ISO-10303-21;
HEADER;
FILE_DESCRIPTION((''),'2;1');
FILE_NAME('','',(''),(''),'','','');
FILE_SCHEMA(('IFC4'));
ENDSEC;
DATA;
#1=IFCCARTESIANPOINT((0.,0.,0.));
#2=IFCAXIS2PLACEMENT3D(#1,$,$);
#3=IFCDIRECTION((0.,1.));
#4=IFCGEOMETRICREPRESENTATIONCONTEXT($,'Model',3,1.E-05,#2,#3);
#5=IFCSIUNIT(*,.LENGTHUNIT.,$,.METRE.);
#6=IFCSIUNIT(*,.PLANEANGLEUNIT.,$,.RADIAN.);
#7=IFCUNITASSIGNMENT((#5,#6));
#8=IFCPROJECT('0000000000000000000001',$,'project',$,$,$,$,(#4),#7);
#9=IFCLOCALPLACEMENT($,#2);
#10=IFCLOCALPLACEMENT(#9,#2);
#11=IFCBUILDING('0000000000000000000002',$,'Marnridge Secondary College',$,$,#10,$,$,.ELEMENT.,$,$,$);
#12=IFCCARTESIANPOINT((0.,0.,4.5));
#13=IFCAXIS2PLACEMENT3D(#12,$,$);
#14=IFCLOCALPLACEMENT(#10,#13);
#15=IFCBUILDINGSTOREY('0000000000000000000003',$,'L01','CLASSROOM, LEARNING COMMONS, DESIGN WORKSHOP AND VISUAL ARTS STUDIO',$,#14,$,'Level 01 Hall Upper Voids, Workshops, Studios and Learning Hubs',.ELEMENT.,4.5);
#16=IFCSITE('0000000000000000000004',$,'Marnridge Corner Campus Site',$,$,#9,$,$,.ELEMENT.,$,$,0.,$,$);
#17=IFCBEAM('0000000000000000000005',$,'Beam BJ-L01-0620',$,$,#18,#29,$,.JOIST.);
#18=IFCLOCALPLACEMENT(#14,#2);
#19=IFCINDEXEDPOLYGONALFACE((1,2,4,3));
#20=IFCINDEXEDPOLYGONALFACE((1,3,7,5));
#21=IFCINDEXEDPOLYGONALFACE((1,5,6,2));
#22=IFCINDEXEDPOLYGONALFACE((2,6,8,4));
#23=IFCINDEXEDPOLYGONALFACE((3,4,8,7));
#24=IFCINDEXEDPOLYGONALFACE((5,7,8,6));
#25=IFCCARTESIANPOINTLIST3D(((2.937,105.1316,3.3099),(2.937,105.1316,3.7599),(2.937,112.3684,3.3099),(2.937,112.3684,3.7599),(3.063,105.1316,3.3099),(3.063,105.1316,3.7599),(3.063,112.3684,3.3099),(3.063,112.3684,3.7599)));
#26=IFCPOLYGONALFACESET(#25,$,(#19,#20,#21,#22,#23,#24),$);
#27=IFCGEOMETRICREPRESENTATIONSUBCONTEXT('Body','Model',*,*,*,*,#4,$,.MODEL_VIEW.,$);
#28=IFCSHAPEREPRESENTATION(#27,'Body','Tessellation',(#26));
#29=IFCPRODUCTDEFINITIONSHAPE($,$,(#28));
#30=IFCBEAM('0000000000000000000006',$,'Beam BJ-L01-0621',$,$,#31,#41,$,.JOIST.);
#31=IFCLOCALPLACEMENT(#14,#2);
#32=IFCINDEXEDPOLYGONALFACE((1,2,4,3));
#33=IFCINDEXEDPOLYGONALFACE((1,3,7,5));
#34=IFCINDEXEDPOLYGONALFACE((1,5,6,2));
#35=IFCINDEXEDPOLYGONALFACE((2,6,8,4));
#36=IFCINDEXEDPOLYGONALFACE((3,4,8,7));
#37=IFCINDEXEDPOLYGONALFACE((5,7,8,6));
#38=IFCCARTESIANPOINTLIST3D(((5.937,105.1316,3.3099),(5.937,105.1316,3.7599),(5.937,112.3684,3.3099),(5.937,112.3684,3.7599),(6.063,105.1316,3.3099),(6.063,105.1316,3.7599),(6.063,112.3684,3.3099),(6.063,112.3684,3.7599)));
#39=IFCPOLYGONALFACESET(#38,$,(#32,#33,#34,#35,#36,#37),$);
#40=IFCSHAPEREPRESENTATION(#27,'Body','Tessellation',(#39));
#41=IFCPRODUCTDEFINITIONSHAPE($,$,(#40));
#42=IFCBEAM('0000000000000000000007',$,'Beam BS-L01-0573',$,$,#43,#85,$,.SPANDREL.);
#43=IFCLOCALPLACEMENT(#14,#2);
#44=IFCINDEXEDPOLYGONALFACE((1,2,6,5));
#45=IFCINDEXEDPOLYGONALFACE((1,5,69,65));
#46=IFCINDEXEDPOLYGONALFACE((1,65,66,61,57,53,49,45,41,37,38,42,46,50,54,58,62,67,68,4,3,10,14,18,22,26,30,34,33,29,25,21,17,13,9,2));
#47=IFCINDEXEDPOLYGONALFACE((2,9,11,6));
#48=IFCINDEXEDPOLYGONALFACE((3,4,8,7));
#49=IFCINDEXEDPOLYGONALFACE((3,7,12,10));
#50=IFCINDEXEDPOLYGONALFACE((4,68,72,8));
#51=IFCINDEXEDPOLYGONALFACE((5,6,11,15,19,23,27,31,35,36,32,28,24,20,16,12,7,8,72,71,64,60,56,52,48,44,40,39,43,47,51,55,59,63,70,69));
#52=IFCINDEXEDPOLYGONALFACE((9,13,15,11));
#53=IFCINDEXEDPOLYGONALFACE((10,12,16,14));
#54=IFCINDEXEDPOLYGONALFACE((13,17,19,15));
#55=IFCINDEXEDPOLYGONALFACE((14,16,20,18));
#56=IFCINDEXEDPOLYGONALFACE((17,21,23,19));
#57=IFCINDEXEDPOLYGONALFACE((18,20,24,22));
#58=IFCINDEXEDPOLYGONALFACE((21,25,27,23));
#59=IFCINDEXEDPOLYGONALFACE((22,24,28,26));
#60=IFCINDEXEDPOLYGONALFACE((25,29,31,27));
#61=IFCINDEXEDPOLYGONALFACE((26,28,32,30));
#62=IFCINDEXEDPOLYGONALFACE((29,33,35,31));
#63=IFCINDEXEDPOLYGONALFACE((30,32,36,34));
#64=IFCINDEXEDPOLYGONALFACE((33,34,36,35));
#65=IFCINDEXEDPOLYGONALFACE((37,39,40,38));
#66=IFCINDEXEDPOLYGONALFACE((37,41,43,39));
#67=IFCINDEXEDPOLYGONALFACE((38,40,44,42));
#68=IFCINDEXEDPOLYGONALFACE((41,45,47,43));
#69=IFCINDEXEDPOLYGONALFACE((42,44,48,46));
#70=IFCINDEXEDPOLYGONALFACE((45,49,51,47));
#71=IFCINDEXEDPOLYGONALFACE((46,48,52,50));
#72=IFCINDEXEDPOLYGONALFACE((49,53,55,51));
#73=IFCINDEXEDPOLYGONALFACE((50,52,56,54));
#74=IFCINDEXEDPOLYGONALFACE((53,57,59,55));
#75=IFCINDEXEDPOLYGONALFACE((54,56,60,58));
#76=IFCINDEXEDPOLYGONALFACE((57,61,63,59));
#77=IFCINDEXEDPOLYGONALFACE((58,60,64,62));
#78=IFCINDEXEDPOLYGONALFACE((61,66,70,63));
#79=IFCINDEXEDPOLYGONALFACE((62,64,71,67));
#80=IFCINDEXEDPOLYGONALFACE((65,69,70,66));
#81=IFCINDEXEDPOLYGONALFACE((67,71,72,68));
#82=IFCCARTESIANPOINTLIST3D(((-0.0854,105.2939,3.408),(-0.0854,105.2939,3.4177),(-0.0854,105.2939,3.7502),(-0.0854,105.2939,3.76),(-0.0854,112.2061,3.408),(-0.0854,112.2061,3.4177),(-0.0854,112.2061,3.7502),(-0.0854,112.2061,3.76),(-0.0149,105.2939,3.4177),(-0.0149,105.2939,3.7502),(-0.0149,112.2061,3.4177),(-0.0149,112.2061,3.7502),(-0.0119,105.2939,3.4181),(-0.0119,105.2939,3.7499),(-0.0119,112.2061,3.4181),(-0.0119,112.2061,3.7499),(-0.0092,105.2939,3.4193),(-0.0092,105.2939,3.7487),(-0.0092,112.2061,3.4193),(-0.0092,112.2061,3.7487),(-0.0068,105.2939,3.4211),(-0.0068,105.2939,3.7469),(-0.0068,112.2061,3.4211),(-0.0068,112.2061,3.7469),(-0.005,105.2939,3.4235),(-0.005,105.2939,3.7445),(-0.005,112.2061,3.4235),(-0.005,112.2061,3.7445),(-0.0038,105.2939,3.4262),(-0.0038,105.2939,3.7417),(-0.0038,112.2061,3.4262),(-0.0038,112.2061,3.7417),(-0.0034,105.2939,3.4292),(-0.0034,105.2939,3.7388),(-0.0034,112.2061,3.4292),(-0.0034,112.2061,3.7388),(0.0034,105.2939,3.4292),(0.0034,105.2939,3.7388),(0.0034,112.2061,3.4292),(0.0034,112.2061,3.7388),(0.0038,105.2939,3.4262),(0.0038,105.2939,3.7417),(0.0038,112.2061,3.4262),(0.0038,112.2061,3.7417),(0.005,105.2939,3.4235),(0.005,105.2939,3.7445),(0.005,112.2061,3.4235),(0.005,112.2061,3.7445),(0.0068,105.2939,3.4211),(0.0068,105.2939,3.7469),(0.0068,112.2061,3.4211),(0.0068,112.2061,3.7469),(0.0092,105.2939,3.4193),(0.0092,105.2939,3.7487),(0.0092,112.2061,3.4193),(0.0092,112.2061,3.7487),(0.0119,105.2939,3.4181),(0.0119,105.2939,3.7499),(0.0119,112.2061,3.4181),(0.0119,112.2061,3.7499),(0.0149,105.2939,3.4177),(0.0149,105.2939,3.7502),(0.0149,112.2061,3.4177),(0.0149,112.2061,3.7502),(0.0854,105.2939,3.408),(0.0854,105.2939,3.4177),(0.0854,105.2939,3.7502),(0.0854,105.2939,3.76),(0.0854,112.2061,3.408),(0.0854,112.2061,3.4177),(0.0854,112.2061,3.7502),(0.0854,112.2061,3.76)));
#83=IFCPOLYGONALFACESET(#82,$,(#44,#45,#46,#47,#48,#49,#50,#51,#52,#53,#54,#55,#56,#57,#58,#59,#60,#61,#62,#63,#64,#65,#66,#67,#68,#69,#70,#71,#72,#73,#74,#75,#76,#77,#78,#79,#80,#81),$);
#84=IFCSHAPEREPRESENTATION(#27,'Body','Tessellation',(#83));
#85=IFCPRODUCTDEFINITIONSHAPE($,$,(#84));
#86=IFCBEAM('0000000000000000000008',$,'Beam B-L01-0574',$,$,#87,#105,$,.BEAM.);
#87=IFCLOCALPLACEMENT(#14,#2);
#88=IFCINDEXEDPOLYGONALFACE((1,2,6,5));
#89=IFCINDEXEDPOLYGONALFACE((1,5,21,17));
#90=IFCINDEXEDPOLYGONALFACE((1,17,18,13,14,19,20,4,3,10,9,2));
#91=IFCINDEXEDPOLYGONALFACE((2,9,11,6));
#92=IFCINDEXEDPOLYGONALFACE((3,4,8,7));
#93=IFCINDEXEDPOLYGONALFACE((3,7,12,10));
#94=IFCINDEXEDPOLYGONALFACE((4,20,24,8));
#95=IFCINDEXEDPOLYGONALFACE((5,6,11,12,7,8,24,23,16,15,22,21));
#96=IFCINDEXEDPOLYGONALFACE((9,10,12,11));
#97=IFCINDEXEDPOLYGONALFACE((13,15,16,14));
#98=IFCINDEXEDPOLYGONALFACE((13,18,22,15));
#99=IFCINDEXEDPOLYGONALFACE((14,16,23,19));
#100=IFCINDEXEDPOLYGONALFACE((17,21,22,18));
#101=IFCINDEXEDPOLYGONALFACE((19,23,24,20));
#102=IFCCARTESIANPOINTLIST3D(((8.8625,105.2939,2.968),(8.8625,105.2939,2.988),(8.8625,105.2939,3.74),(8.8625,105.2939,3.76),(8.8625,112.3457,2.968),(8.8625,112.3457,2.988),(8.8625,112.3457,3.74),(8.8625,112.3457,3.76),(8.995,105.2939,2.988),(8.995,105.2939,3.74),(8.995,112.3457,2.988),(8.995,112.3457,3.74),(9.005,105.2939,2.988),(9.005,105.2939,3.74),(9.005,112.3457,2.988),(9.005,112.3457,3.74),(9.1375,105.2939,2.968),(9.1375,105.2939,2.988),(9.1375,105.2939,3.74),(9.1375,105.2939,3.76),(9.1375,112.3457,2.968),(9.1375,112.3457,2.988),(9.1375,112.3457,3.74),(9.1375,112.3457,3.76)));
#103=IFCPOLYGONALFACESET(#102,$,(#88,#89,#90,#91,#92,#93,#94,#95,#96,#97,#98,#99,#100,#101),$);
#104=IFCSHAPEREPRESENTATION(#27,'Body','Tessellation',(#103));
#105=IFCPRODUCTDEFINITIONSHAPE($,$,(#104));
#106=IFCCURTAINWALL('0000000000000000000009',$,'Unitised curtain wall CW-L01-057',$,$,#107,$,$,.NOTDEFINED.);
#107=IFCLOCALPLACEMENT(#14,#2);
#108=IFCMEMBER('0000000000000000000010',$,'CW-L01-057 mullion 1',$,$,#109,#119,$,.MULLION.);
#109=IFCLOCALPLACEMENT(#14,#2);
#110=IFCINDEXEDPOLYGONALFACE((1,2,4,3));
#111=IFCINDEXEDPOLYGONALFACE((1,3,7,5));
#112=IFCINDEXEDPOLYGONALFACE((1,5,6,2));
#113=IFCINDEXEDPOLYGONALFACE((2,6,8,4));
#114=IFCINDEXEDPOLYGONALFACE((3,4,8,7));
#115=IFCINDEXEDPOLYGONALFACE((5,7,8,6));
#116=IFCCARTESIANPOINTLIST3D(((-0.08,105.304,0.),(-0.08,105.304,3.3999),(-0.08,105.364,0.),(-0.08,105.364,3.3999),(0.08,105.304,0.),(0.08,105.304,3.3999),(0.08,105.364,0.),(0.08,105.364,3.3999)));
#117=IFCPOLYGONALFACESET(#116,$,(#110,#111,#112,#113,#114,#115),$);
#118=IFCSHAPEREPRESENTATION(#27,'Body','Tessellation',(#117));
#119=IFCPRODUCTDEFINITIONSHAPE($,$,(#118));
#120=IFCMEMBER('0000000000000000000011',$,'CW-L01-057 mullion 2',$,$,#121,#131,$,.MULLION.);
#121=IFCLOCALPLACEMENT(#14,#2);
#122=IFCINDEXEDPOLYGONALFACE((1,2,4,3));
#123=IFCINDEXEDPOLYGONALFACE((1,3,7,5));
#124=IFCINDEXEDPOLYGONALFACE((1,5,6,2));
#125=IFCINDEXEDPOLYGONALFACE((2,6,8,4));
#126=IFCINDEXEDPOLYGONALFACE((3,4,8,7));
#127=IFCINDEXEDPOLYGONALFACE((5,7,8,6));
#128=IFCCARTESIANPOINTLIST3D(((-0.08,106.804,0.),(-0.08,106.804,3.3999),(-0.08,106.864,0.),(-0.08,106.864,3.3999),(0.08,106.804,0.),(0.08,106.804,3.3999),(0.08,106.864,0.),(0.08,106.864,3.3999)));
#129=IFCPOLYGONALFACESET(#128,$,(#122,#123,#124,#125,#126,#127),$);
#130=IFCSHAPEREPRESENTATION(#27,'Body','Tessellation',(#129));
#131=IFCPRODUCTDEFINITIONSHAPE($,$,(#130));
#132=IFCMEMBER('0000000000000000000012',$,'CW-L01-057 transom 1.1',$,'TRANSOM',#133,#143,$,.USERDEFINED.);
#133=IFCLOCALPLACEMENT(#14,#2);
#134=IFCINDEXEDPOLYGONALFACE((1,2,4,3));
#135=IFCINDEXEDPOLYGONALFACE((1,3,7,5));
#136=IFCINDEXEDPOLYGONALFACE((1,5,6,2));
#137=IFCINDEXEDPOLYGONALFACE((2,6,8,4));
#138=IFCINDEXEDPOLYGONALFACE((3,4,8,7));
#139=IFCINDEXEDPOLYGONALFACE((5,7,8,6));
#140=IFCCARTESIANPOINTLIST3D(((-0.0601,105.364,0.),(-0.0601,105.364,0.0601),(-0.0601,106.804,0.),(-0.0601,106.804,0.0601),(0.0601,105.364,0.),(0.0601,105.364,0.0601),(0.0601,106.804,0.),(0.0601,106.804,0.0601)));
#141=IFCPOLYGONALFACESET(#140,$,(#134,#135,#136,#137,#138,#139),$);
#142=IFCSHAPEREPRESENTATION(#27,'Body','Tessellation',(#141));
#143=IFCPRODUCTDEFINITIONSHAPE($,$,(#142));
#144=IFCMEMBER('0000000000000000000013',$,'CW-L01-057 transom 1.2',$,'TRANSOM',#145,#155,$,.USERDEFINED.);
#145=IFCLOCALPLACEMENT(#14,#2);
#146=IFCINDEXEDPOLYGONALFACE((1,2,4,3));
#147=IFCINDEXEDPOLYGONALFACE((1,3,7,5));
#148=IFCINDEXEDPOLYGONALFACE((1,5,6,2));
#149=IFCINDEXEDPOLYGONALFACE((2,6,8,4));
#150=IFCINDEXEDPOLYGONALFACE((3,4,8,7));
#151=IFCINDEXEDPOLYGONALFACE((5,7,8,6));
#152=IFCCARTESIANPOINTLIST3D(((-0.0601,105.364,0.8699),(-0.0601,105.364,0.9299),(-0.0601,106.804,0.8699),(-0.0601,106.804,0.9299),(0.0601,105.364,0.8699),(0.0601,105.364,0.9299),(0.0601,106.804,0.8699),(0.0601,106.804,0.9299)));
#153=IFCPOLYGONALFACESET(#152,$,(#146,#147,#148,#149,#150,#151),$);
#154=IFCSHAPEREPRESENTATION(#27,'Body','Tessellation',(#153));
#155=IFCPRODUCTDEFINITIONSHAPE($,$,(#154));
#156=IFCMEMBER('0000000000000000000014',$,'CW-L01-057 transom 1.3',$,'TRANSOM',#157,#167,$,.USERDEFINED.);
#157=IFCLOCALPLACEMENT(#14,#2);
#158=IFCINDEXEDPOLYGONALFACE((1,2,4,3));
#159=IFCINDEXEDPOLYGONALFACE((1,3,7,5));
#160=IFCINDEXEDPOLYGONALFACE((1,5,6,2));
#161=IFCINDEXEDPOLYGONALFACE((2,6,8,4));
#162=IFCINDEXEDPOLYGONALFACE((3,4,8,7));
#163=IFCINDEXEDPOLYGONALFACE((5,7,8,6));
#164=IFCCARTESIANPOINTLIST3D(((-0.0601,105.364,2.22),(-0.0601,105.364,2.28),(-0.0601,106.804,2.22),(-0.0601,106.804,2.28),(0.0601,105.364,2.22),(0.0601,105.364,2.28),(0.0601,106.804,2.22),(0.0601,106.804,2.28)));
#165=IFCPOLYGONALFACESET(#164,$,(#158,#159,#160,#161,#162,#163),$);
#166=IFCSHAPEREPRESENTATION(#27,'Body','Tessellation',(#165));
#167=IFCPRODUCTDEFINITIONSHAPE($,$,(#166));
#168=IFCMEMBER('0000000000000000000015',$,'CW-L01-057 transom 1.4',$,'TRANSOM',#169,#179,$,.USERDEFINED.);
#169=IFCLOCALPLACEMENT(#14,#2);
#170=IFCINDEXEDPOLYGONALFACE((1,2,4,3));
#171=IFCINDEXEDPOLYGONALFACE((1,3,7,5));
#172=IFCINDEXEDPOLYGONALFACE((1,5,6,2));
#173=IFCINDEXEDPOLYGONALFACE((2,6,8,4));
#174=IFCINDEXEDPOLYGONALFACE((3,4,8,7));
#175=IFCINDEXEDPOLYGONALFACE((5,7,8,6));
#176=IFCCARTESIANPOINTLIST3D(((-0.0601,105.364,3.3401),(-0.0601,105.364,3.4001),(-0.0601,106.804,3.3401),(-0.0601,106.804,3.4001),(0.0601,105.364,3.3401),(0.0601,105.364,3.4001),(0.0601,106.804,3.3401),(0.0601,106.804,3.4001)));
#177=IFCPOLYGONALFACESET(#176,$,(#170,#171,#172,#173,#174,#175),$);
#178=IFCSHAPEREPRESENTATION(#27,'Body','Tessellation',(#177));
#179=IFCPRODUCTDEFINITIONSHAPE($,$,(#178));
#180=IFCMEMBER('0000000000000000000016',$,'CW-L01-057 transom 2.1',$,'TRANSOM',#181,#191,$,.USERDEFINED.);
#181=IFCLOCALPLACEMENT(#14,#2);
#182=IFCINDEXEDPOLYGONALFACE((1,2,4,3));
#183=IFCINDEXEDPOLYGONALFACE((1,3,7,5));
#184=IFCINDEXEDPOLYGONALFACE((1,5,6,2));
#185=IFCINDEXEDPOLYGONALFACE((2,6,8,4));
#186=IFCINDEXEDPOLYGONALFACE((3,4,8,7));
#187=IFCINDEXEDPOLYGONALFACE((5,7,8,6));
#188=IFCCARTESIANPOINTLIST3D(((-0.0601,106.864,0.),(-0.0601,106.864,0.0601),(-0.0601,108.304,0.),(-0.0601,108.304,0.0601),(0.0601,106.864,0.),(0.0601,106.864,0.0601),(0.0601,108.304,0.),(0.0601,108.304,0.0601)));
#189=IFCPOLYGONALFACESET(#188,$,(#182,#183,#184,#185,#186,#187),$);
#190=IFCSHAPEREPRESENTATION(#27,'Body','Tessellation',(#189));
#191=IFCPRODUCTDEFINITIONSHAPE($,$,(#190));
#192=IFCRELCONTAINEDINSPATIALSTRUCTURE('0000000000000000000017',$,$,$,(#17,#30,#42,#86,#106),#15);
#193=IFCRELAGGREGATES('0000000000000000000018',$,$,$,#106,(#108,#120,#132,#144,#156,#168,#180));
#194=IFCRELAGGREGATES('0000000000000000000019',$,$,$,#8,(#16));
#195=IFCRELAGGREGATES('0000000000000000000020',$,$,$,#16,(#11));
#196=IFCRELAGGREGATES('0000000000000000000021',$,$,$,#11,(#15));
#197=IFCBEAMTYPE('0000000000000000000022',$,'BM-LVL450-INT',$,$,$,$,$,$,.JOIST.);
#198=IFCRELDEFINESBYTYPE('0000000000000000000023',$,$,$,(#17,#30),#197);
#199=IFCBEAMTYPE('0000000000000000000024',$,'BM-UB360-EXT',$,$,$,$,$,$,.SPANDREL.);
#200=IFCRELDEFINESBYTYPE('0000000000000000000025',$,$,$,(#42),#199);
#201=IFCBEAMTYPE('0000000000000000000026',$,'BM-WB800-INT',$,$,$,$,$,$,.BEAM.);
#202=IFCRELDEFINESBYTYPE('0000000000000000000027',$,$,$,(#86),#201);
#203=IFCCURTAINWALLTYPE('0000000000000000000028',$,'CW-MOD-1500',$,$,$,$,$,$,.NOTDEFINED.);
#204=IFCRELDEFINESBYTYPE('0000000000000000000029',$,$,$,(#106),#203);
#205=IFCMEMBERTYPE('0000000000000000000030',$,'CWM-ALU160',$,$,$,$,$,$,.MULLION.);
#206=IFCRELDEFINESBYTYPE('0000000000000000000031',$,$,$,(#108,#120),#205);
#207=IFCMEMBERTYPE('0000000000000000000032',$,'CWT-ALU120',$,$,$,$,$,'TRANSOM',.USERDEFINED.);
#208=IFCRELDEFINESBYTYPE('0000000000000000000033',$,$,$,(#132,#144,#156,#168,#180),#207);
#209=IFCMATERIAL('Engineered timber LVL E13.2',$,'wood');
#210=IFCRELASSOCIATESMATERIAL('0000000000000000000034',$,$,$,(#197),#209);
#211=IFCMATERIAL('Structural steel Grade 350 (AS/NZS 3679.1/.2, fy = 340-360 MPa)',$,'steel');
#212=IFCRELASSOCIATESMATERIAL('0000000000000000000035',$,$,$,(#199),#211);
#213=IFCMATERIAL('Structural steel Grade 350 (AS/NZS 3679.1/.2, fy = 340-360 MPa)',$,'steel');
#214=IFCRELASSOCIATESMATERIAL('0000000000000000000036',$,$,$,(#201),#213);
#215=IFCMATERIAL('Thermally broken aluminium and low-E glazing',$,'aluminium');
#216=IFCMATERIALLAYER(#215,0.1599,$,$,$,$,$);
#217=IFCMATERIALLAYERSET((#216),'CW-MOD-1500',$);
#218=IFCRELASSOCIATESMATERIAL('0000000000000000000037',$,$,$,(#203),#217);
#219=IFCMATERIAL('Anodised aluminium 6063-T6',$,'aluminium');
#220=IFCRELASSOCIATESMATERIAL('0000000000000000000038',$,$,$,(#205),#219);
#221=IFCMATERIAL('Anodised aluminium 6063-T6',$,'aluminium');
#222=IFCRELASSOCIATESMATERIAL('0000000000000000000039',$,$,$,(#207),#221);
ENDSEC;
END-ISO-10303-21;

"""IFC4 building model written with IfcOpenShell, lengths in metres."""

from ifc_helpers import new_model, si_unit, direction, frame, origin, origin_2d, place, context, subcontext, project, spatial, rectangle, i_section, extrude, material, layer, layer_set, material_profile, profile_set, type_object, element, aggregate, save


model = new_model("IFC4")

# Units and contexts
model_context = context("Model", 3, precision=1e-05, world=origin(), true_north=direction((0.0, 1.0)))
body_context = subcontext(model_context, "Body", "Model", "MODEL_VIEW")
ifc_project = project(units=[si_unit("LENGTHUNIT", "METRE"), si_unit("PLANEANGLEUNIT", "RADIAN")], contexts=[model_context])

# Site, building, storey
site_placement = place(None, origin())
site = spatial("IfcSite", under=ifc_project, at=site_placement, Name="Marnridge Corner Campus Site", CompositionType="ELEMENT", RefElevation=0.0)
building_placement = place(site_placement, origin())
building = spatial("IfcBuilding", under=site, at=building_placement, Name="Marnridge Secondary College", CompositionType="ELEMENT")
storey_placement = place(building_placement, frame((0.0, 0.0, 4.5)))
storey = spatial("IfcBuildingStorey", under=building, at=storey_placement, Name="L01", Description="CLASSROOM, LEARNING COMMONS, DESIGN WORKSHOP AND VISUAL ARTS STUDIO", LongName="Level 01 Hall Upper Voids, Workshops, Studios and Learning Hubs", CompositionType="ELEMENT", Elevation=4.5)

# Beams
ifc_material_1 = material(Name="Engineered timber LVL E13.2", Category="wood")
ifc_material_profile_1 = material_profile(ifc_material_1, rectangle(XDim=0.126, YDim=0.45, at=origin_2d()), Name="LVL 126x450")
ifc_profile_set_1 = profile_set([ifc_material_profile_1], Name="Engineered timber LVL E13.2")
beam_type_1 = type_object("IfcBeamType", Name="BM-LVL450-INT", PredefinedType="JOIST", material=ifc_profile_set_1)
for number, where, z_axis, x_axis, name in (
    (1, (3.0, 105.1316, 3.5349), (0.0, 1.0, 0.0), (-1.0, 0.0, 0.0), "Beam BJ-L01-0620"),
    (2, (6.0, 105.1316, 3.5349), (0.0, 1.0, 0.0), (-1.0, 0.0, 0.0), "Beam BJ-L01-0621"),
):
    element("IfcBeam", number, at=place(storey_placement, frame(where, z_axis=z_axis, x_axis=x_axis)), inside=storey, type_object=beam_type_1, Name=name, PredefinedType="JOIST", context=body_context, shape_type="SweptSolid", body=[
        extrude(rectangle(XDim=0.126, YDim=0.45, at=origin_2d()), origin(), (0.0, 0.0, 1.0), 7.2368),
    ])
ifc_material_2 = material(Name="Structural steel Grade 350 (AS/NZS 3679.1/.2, fy = 340-360 MPa)", Category="steel")
ifc_material_profile_2 = material_profile(ifc_material_2, i_section(OverallWidth=0.1709, OverallDepth=0.3521, WebThickness=0.0068, FlangeThickness=0.0098, FilletRadius=0.0115, at=origin_2d()), Name="360UB44.7")
ifc_profile_set_2 = profile_set([ifc_material_profile_2], Name="Structural steel Grade 350 (AS/NZS 3679.1/.2, fy = 340-360 MPa)")
beam_type_2 = type_object("IfcBeamType", Name="BM-UB360-EXT", PredefinedType="SPANDREL", material=ifc_profile_set_2)
beam_1_placement = place(storey_placement, frame((0.0, 105.2939, 3.584), z_axis=(0.0, 1.0, 0.0), x_axis=(-1.0, 0.0, 0.0)))
element("IfcBeam", 3, at=beam_1_placement, inside=storey, type_object=beam_type_2, Name="Beam BS-L01-0573", PredefinedType="SPANDREL", context=body_context, shape_type="SweptSolid", body=[
    extrude(i_section(OverallWidth=0.1709, OverallDepth=0.3521, WebThickness=0.0068, FlangeThickness=0.0098, FilletRadius=0.0115, at=origin_2d()), origin(), (0.0, 0.0, 1.0), 6.9121),
])
ifc_material_3 = material(Name="Structural steel Grade 350 (AS/NZS 3679.1/.2, fy = 340-360 MPa)", Category="steel")
ifc_material_profile_3 = material_profile(ifc_material_3, i_section(OverallWidth=0.2749, OverallDepth=0.792, WebThickness=0.01, FlangeThickness=0.02, at=origin_2d()), Name="800WB146")
ifc_profile_set_3 = profile_set([ifc_material_profile_3], Name="Structural steel Grade 350 (AS/NZS 3679.1/.2, fy = 340-360 MPa)")
beam_type_3 = type_object("IfcBeamType", Name="BM-WB800-INT", PredefinedType="BEAM", material=ifc_profile_set_3)
beam_2_placement = place(storey_placement, frame((9.0, 105.2939, 3.364), z_axis=(0.0, 1.0, 0.0), x_axis=(-1.0, 0.0, 0.0)))
element("IfcBeam", 4, at=beam_2_placement, inside=storey, type_object=beam_type_3, Name="Beam B-L01-0574", PredefinedType="BEAM", context=body_context, shape_type="SweptSolid", body=[
    extrude(i_section(OverallWidth=0.2749, OverallDepth=0.792, WebThickness=0.01, FlangeThickness=0.02, at=origin_2d()), origin(), (0.0, 0.0, 1.0), 7.0518),
])

# Curtain wall, members
ifc_material_4 = material(Name="Thermally broken aluminium and low-E glazing", Category="aluminium")
ifc_layer_1 = layer(ifc_material_4, 0.1599)
ifc_layer_set_1 = layer_set([ifc_layer_1], Name="CW-MOD-1500")
curtain_wall_type = type_object("IfcCurtainWallType", Name="CW-MOD-1500", PredefinedType="NOTDEFINED", material=ifc_layer_set_1)
curtain_wall_placement = place(storey_placement, origin())
curtain_wall = element("IfcCurtainWall", 5, at=curtain_wall_placement, inside=storey, type_object=curtain_wall_type, Name="Unitised curtain wall CW-L01-057", PredefinedType="NOTDEFINED")
ifc_material_5 = material(Name="Anodised aluminium 6063-T6", Category="aluminium")
ifc_material_profile_4 = material_profile(ifc_material_5, rectangle(XDim=0.0601, YDim=0.1599, at=origin_2d()), Name="ALU 60x160")
ifc_profile_set_4 = profile_set([ifc_material_profile_4], Name="Anodised aluminium 6063-T6")
member_type_1 = type_object("IfcMemberType", Name="CWM-ALU160", PredefinedType="MULLION", material=ifc_profile_set_4)
member_1_placement = place(storey_placement, frame((0.0, 105.334, 0.0), z_axis=(0.0, 0.0, 1.0), x_axis=(0.0, 1.0, 0.0)))
member_1 = element("IfcMember", 6, at=member_1_placement, type_object=member_type_1, Name="CW-L01-057 mullion 1", PredefinedType="MULLION", context=body_context, shape_type="SweptSolid", body=[
    extrude(rectangle(XDim=0.0601, YDim=0.1599, at=origin_2d()), origin(), (0.0, 0.0, 1.0), 3.3999),
])
member_2_placement = place(storey_placement, frame((0.0, 106.834, 0.0), z_axis=(0.0, 0.0, 1.0), x_axis=(0.0, 1.0, 0.0)))
member_2 = element("IfcMember", 7, at=member_2_placement, type_object=member_type_1, Name="CW-L01-057 mullion 2", PredefinedType="MULLION", context=body_context, shape_type="SweptSolid", body=[
    extrude(rectangle(XDim=0.0601, YDim=0.1599, at=origin_2d()), origin(), (0.0, 0.0, 1.0), 3.3999),
])
ifc_material_6 = material(Name="Anodised aluminium 6063-T6", Category="aluminium")
ifc_material_profile_5 = material_profile(ifc_material_6, rectangle(XDim=0.0601, YDim=0.1201, at=origin_2d()), Name="ALU 60x120")
ifc_profile_set_5 = profile_set([ifc_material_profile_5], Name="Anodised aluminium 6063-T6")
member_type_2 = type_object("IfcMemberType", Name="CWT-ALU120", ElementType="TRANSOM", PredefinedType="USERDEFINED", material=ifc_profile_set_5)
member_3_placement = place(storey_placement, frame((0.0, 105.364, 0.03), z_axis=(0.0, 1.0, 0.0), x_axis=(0.0, 0.0, 1.0)))
member_3 = element("IfcMember", 8, at=member_3_placement, type_object=member_type_2, Name="CW-L01-057 transom 1.1", ObjectType="TRANSOM", PredefinedType="USERDEFINED", context=body_context, shape_type="SweptSolid", body=[
    extrude(rectangle(XDim=0.0601, YDim=0.1201, at=origin_2d()), origin(), (0.0, 0.0, 1.0), 1.4399),
])
member_4_placement = place(storey_placement, frame((0.0, 105.364, 0.8999), z_axis=(0.0, 1.0, 0.0), x_axis=(0.0, 0.0, 1.0)))
member_4 = element("IfcMember", 9, at=member_4_placement, type_object=member_type_2, Name="CW-L01-057 transom 1.2", ObjectType="TRANSOM", PredefinedType="USERDEFINED", context=body_context, shape_type="SweptSolid", body=[
    extrude(rectangle(XDim=0.0601, YDim=0.1201, at=origin_2d()), origin(), (0.0, 0.0, 1.0), 1.4399),
])
member_5_placement = place(storey_placement, frame((0.0, 105.364, 2.25), z_axis=(0.0, 1.0, 0.0), x_axis=(0.0, 0.0, 1.0)))
member_5 = element("IfcMember", 10, at=member_5_placement, type_object=member_type_2, Name="CW-L01-057 transom 1.3", ObjectType="TRANSOM", PredefinedType="USERDEFINED", context=body_context, shape_type="SweptSolid", body=[
    extrude(rectangle(XDim=0.0601, YDim=0.1201, at=origin_2d()), origin(), (0.0, 0.0, 1.0), 1.4399),
])
member_6_placement = place(storey_placement, frame((0.0, 105.364, 3.3701), z_axis=(0.0, 1.0, 0.0), x_axis=(0.0, 0.0, 1.0)))
member_6 = element("IfcMember", 11, at=member_6_placement, type_object=member_type_2, Name="CW-L01-057 transom 1.4", ObjectType="TRANSOM", PredefinedType="USERDEFINED", context=body_context, shape_type="SweptSolid", body=[
    extrude(rectangle(XDim=0.0601, YDim=0.1201, at=origin_2d()), origin(), (0.0, 0.0, 1.0), 1.4399),
])
member_7_placement = place(storey_placement, frame((0.0, 106.864, 0.03), z_axis=(0.0, 1.0, 0.0), x_axis=(0.0, 0.0, 1.0)))
member_7 = element("IfcMember", 12, at=member_7_placement, type_object=member_type_2, Name="CW-L01-057 transom 2.1", ObjectType="TRANSOM", PredefinedType="USERDEFINED", context=body_context, shape_type="SweptSolid", body=[
    extrude(rectangle(XDim=0.0601, YDim=0.1201, at=origin_2d()), origin(), (0.0, 0.0, 1.0), 1.4399),
])
aggregate(curtain_wall, [member_1, member_2, member_3, member_4, member_5, member_6, member_7])

save(model, "model.ifc")
